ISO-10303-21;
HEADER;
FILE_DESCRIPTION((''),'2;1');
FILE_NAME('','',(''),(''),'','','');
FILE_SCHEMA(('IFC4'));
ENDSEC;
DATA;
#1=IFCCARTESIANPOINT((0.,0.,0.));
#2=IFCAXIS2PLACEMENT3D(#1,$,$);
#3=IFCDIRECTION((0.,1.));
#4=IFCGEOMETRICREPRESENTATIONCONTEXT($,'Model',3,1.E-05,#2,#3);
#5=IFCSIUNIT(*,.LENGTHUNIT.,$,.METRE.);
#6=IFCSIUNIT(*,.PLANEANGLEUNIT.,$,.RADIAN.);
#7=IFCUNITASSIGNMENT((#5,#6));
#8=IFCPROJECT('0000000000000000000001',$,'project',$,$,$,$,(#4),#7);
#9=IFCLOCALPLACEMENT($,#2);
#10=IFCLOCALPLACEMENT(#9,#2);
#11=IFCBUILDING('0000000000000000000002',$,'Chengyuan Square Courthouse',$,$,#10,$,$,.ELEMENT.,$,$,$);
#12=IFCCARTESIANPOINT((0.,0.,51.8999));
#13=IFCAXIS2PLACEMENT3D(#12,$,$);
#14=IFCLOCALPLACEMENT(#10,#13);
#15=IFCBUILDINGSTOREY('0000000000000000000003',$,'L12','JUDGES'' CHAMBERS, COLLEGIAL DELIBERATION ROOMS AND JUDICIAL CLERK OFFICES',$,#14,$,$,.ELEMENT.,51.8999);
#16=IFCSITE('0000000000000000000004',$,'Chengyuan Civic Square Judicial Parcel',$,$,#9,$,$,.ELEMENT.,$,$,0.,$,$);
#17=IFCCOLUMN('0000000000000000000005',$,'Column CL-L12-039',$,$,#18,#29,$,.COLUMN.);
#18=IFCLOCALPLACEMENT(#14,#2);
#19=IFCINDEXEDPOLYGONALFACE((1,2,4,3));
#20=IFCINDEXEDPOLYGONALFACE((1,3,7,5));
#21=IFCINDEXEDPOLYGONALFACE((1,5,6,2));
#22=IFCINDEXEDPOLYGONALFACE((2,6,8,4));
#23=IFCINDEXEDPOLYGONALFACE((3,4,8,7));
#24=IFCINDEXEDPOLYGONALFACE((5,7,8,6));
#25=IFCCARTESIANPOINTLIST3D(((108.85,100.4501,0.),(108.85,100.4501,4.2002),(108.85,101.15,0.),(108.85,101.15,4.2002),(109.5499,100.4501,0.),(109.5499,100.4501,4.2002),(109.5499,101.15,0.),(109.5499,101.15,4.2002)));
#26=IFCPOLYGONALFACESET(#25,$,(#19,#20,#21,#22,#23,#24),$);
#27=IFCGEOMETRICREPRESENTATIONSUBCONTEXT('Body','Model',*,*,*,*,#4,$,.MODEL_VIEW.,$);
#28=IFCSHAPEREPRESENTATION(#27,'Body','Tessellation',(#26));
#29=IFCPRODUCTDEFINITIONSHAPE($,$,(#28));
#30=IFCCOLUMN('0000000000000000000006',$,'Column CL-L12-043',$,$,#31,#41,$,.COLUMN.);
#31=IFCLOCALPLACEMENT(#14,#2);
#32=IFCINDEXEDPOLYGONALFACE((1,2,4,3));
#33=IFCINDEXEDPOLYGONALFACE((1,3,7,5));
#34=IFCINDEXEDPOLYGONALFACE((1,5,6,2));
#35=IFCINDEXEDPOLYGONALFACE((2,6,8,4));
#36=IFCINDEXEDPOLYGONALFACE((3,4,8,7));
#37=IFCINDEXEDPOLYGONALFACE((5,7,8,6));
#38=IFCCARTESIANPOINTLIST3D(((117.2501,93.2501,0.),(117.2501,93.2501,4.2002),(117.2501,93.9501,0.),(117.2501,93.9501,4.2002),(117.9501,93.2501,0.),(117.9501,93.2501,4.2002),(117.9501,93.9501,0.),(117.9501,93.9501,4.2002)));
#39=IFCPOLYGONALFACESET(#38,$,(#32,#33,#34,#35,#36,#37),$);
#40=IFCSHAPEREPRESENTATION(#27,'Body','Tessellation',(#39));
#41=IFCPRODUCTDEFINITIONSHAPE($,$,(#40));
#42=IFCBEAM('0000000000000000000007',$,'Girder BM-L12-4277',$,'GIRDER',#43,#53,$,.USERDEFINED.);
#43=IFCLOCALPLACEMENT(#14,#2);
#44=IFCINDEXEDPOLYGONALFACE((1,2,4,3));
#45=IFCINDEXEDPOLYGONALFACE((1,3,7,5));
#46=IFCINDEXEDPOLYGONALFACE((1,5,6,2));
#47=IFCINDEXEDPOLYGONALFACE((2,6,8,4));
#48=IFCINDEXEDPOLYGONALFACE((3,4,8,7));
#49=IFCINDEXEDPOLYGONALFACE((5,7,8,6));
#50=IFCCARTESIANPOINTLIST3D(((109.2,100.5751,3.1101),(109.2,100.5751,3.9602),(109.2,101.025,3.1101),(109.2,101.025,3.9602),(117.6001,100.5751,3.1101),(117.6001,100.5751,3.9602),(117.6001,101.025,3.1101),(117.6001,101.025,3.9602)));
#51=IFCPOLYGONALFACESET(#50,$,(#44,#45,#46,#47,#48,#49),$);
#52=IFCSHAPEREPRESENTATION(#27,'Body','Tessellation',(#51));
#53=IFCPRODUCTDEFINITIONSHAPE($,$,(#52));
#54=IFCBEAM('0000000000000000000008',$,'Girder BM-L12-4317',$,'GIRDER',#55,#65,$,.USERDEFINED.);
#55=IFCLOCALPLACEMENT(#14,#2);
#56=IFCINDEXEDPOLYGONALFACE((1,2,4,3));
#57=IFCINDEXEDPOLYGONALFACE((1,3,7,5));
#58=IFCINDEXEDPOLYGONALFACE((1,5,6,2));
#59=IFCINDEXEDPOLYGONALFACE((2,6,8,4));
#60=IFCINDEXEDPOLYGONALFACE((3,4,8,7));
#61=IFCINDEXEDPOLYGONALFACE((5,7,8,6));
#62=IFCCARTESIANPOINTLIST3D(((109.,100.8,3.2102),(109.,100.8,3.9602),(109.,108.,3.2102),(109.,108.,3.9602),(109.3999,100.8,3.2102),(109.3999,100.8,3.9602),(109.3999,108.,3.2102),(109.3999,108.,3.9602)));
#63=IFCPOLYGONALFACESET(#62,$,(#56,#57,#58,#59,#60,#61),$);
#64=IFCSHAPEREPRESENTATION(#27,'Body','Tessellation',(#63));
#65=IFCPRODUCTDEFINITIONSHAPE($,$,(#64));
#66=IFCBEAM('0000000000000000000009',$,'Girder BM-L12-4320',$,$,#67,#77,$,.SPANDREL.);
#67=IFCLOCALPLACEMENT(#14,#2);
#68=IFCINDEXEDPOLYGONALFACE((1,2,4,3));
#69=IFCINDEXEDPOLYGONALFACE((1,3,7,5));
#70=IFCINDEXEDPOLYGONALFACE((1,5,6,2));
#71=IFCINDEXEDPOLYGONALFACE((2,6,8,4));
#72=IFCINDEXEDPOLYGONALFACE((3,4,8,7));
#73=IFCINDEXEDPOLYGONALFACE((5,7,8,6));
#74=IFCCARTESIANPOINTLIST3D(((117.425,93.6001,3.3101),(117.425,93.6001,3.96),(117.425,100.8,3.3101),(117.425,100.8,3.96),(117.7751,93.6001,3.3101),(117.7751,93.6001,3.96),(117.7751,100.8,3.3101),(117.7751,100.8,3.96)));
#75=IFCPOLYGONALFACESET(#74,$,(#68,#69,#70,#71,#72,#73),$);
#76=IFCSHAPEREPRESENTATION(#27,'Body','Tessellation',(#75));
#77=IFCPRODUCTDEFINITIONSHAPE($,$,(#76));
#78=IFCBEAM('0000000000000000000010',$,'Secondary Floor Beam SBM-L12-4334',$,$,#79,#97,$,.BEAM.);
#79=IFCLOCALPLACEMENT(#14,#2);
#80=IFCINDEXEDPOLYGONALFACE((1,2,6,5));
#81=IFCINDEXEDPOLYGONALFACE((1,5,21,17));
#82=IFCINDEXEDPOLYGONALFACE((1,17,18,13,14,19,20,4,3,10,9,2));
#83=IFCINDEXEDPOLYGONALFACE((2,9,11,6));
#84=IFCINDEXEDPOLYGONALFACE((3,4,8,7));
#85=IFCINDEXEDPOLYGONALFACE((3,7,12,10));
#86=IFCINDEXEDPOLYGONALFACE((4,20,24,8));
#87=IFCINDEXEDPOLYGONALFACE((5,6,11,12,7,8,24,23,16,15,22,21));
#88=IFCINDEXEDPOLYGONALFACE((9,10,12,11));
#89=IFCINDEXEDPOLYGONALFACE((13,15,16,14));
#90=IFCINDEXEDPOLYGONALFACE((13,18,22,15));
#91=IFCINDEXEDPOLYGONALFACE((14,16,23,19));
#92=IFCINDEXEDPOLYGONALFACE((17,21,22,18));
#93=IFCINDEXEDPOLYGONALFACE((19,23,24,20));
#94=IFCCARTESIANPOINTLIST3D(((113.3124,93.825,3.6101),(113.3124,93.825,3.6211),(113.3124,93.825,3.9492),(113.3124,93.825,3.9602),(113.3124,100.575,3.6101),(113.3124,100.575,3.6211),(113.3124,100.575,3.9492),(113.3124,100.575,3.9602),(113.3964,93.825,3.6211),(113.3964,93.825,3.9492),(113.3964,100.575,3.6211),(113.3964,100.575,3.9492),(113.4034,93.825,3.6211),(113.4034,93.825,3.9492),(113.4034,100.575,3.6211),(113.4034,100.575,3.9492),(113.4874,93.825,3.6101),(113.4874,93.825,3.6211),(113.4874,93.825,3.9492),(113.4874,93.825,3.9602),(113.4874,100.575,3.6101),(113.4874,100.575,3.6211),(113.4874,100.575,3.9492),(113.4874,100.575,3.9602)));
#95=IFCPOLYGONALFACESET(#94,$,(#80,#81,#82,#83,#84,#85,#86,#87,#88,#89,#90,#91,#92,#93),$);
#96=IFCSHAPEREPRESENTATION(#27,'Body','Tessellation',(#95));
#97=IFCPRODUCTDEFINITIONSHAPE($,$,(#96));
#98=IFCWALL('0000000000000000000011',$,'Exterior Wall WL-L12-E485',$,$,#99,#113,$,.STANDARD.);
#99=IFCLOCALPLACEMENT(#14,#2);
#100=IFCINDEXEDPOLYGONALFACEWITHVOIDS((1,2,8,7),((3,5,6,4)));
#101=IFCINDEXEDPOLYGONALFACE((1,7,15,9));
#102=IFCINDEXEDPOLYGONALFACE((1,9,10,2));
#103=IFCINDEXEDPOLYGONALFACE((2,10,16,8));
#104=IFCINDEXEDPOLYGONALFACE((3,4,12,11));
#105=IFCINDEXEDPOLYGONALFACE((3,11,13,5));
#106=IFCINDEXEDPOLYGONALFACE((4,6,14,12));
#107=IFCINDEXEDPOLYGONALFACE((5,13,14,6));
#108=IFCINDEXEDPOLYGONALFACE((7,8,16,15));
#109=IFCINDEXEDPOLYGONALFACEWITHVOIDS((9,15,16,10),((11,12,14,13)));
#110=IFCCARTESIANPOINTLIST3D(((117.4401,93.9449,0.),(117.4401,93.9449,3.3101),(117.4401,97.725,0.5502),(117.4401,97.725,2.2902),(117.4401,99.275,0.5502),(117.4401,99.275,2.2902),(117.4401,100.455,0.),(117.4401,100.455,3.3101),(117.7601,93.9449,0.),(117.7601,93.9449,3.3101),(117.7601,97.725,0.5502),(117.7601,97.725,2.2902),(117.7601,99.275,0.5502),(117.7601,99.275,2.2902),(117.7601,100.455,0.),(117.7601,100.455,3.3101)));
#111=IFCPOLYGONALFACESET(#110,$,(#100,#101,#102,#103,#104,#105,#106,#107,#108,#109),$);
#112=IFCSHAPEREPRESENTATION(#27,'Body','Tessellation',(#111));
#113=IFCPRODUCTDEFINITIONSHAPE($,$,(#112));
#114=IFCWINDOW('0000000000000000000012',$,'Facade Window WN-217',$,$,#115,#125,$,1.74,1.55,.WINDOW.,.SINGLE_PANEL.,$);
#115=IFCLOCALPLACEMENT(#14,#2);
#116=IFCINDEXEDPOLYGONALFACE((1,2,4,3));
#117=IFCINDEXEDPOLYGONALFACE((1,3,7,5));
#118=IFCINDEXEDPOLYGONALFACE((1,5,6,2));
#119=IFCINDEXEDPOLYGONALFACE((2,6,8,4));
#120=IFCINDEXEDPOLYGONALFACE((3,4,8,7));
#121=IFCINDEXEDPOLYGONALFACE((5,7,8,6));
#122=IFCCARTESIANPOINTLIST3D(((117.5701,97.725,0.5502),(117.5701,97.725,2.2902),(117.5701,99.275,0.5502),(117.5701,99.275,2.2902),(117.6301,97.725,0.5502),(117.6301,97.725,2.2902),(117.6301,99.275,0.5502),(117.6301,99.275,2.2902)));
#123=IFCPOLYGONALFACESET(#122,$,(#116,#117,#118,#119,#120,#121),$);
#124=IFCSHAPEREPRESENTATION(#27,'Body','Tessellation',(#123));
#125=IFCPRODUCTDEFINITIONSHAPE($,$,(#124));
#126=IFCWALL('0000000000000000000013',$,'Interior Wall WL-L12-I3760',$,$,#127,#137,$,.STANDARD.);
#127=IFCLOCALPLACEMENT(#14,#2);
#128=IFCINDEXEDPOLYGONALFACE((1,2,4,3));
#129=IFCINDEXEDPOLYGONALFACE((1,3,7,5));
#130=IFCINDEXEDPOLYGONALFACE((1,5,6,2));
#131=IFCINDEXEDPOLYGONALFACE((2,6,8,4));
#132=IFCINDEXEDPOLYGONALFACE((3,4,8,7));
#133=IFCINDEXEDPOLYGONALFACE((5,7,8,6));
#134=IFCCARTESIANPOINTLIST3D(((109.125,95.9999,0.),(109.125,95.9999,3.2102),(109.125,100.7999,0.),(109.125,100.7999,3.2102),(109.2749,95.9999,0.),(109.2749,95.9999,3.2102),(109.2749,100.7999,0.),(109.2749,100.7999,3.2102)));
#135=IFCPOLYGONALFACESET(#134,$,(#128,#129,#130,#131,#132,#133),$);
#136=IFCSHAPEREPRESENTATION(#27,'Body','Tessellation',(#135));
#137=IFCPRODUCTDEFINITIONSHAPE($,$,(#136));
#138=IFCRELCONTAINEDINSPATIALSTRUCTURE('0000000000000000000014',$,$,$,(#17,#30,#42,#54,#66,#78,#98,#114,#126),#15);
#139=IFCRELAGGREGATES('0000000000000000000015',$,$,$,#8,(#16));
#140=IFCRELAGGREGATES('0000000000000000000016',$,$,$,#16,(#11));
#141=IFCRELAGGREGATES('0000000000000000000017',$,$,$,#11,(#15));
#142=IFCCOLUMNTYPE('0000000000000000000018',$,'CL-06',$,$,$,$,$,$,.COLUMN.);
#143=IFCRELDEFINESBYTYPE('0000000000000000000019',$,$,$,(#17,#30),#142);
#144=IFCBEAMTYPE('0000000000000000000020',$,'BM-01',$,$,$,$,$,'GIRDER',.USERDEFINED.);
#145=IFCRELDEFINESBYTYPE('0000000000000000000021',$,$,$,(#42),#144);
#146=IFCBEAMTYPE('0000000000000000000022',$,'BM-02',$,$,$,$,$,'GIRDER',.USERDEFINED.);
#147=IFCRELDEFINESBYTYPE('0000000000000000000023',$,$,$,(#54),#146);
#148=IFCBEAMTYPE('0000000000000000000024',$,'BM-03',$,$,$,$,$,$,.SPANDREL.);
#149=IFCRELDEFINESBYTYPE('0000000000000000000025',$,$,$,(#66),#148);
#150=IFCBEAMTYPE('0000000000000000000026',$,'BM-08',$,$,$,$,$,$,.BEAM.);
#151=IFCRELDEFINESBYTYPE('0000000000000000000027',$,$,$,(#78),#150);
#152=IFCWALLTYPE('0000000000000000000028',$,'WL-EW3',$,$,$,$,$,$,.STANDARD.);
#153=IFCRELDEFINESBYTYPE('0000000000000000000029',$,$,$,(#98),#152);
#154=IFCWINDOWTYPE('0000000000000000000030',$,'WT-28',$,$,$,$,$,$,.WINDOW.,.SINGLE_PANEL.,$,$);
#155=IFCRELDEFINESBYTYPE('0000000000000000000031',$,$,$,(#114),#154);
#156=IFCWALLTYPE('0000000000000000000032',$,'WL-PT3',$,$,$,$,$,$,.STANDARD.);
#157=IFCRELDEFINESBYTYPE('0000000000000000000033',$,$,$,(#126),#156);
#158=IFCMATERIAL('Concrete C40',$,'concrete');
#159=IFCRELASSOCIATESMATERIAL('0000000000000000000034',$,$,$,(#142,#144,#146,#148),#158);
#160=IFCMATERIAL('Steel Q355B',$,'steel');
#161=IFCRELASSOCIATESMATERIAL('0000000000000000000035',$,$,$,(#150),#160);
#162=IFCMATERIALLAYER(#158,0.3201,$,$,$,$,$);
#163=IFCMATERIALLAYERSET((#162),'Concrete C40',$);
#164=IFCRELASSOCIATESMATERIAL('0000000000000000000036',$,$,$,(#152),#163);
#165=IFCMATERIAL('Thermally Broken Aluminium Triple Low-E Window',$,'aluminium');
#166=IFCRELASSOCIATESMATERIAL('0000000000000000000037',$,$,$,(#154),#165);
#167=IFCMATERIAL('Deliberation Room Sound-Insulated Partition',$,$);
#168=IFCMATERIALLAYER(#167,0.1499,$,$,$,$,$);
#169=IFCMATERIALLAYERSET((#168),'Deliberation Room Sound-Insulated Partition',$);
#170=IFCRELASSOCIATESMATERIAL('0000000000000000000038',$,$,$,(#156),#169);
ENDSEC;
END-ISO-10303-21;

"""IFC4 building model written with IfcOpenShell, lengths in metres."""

from ifc_helpers import new_model, si_unit, direction, frame, frame_2d, origin, origin_2d, place, context, subcontext, project, spatial, rectangle, i_section, extrude, material, layer, layer_set, material_profile, profile_set, type_object, element, fill, save


model = new_model("IFC4")

# Units and contexts
model_context = context("Model", 3, precision=1e-05, world=origin(), true_north=direction((0.0, 1.0)))
body_context = subcontext(model_context, "Body", "Model", "MODEL_VIEW")
ifc_project = project(units=[si_unit("LENGTHUNIT", "METRE"), si_unit("PLANEANGLEUNIT", "RADIAN")], contexts=[model_context])

# Site, building, storey
site_placement = place(None, origin())
site = spatial("IfcSite", under=ifc_project, at=site_placement, Name="Chengyuan Civic Square Judicial Parcel", CompositionType="ELEMENT", RefElevation=0.0)
building_placement = place(site_placement, origin())
building = spatial("IfcBuilding", under=site, at=building_placement, Name="Chengyuan Square Courthouse", CompositionType="ELEMENT")
storey_placement = place(building_placement, frame((0.0, 0.0, 51.8999)))
storey = spatial("IfcBuildingStorey", under=building, at=storey_placement, Name="L12", Description="JUDGES' CHAMBERS, COLLEGIAL DELIBERATION ROOMS AND JUDICIAL CLERK OFFICES", CompositionType="ELEMENT", Elevation=51.8999)

# Columns
ifc_material_1 = material(Name="Concrete C40", Category="concrete")
ifc_material_profile_1 = material_profile(ifc_material_1, rectangle(XDim=0.7, YDim=0.7, at=origin_2d()), Name="RC-COL-700x700")
ifc_profile_set_1 = profile_set([ifc_material_profile_1], Name="Concrete C40")
column_type = type_object("IfcColumnType", Name="CL-06", PredefinedType="COLUMN", material=ifc_profile_set_1)
for number, where, z_axis, x_axis, name in (
    (1, (109.2, 100.8, 0.0), (0.0, 0.0, 1.0), (1.0, 0.0, 0.0), "Column CL-L12-039"),
    (2, (117.6001, 93.6001, 0.0), (0.0, 0.0, 1.0), (1.0, 0.0, 0.0), "Column CL-L12-043"),
):
    element("IfcColumn", number, at=place(storey_placement, frame(where, z_axis=z_axis, x_axis=x_axis)), inside=storey, type_object=column_type, Name=name, PredefinedType="COLUMN", context=body_context, shape_type="SweptSolid", body=[
        extrude(rectangle(XDim=0.7, YDim=0.7, at=origin_2d()), origin(), (0.0, 0.0, 1.0), 4.2002),
    ])

# Beams
ifc_material_profile_2 = material_profile(ifc_material_1, rectangle(XDim=0.45, YDim=0.8501, at=origin_2d()), Name="RC-BM-450x850")
ifc_profile_set_2 = profile_set([ifc_material_profile_2], Name="Concrete C40")
beam_type_1 = type_object("IfcBeamType", Name="BM-01", ElementType="GIRDER", PredefinedType="USERDEFINED", material=ifc_profile_set_2)
beam_1_placement = place(storey_placement, frame((109.2, 100.8, 3.5352), z_axis=(1.0, 0.0, 0.0), x_axis=(0.0, 1.0, 0.0)))
element("IfcBeam", 3, at=beam_1_placement, inside=storey, type_object=beam_type_1, Name="Girder BM-L12-4277", ObjectType="GIRDER", PredefinedType="USERDEFINED", context=body_context, shape_type="SweptSolid", body=[
    extrude(rectangle(XDim=0.45, YDim=0.8501, at=origin_2d()), origin(), (0.0, 0.0, 1.0), 8.4001),
])
ifc_material_profile_3 = material_profile(ifc_material_1, rectangle(XDim=0.3999, YDim=0.75, at=origin_2d()), Name="RC-BM-400x750")
ifc_profile_set_3 = profile_set([ifc_material_profile_3], Name="Concrete C40")
beam_type_2 = type_object("IfcBeamType", Name="BM-02", ElementType="GIRDER", PredefinedType="USERDEFINED", material=ifc_profile_set_3)
beam_2_placement = place(storey_placement, frame((109.2, 100.8, 3.5852), z_axis=(0.0, 1.0, 0.0), x_axis=(-1.0, 0.0, 0.0)))
element("IfcBeam", 4, at=beam_2_placement, inside=storey, type_object=beam_type_2, Name="Girder BM-L12-4317", ObjectType="GIRDER", PredefinedType="USERDEFINED", context=body_context, shape_type="SweptSolid", body=[
    extrude(rectangle(XDim=0.3999, YDim=0.75, at=origin_2d()), origin(), (0.0, 0.0, 1.0), 7.2),
])
ifc_material_profile_4 = material_profile(ifc_material_1, rectangle(XDim=0.3501, YDim=0.6499, at=origin_2d()), Name="RC-BM-350x650")
ifc_profile_set_4 = profile_set([ifc_material_profile_4], Name="Concrete C40")
beam_type_3 = type_object("IfcBeamType", Name="BM-03", PredefinedType="SPANDREL", material=ifc_profile_set_4)
beam_3_placement = place(storey_placement, frame((117.6001, 93.6001, 3.635), z_axis=(0.0, 1.0, 0.0), x_axis=(-1.0, 0.0, 0.0)))
element("IfcBeam", 5, at=beam_3_placement, inside=storey, type_object=beam_type_3, Name="Girder BM-L12-4320", PredefinedType="SPANDREL", context=body_context, shape_type="SweptSolid", body=[
    extrude(rectangle(XDim=0.3501, YDim=0.6499, at=origin_2d()), origin(), (0.0, 0.0, 1.0), 7.2),
])
ifc_material_2 = material(Name="Steel Q355B", Category="steel")
ifc_material_profile_5 = material_profile(ifc_material_2, i_section(OverallWidth=0.175, OverallDepth=0.3501, WebThickness=0.0071, FlangeThickness=0.011, at=origin_2d()), Name="HN 350x175x7x11")
ifc_profile_set_5 = profile_set([ifc_material_profile_5], Name="Steel Q355B")
beam_type_4 = type_object("IfcBeamType", Name="BM-08", PredefinedType="BEAM", material=ifc_profile_set_5)
beam_4_placement = place(storey_placement, frame((113.3999, 93.825, 3.7852), z_axis=(0.0, 1.0, 0.0), x_axis=(-1.0, 0.0, 0.0)))
element("IfcBeam", 6, at=beam_4_placement, inside=storey, type_object=beam_type_4, Name="Secondary Floor Beam SBM-L12-4334", PredefinedType="BEAM", context=body_context, shape_type="SweptSolid", body=[
    extrude(i_section(OverallWidth=0.175, OverallDepth=0.3501, WebThickness=0.0071, FlangeThickness=0.011, at=origin_2d()), origin(), (0.0, 0.0, 1.0), 6.75),
])

# Wall, opening, window
ifc_layer_1 = layer(ifc_material_1, 0.3201)
ifc_layer_set_1 = layer_set([ifc_layer_1], Name="Concrete C40")
wall_type_1 = type_object("IfcWallType", Name="WL-EW3", PredefinedType="STANDARD", material=ifc_layer_set_1)
wall_1_placement = place(storey_placement, frame((117.6001, 93.9451, 0.0), z_axis=(0.0, 0.0, 1.0), x_axis=(0.0, 1.0, 0.0)))
wall_1 = element("IfcWall", 7, at=wall_1_placement, inside=storey, type_object=wall_type_1, Name="Exterior Wall WL-L12-E485", PredefinedType="STANDARD", context=body_context, shape_type="SweptSolid", body=[
    extrude(rectangle(XDim=6.51, YDim=0.3201, at=frame_2d((3.2549, 0.0))), origin(), (0.0, 0.0, 1.0), 3.3101),
])
opening_1_placement = place(wall_1_placement, frame((3.78, 0.0, 0.55)))
opening_1 = element("IfcOpeningElement", 8, at=opening_1_placement, cuts=wall_1, PredefinedType="OPENING", context=body_context, shape_type="SweptSolid", body=[
    extrude(rectangle(XDim=1.55, YDim=1.74, at=frame_2d((0.7749, 0.8701))), frame((0.0, 0.1721, 0.0), z_axis=(0.0, -1.0, 0.0), x_axis=(1.0, 0.0, 0.0)), (0.0, 0.0, 1.0), 0.344),
])
ifc_material_3 = material(Name="Thermally Broken Aluminium Triple Low-E Window", Category="aluminium")
window_type = type_object("IfcWindowType", Name="WT-28", PartitioningType="SINGLE_PANEL", PredefinedType="WINDOW", material=ifc_material_3)
window_placement = place(opening_1_placement, origin())
window = element("IfcWindow", 9, at=window_placement, inside=storey, type_object=window_type, Name="Facade Window WN-217", OverallHeight=1.74, OverallWidth=1.55, PartitioningType="SINGLE_PANEL", PredefinedType="WINDOW", context=body_context, shape_type="SweptSolid", body=[
    extrude(rectangle(XDim=1.55, YDim=1.74, at=frame_2d((0.7749, 0.8701))), frame((0.0, 0.03, 0.0), z_axis=(0.0, -1.0, 0.0), x_axis=(1.0, 0.0, 0.0)), (0.0, 0.0, 1.0), 0.0601),
])
fill(opening_1, window)

# Shared definitions
ifc_material_4 = material(Name="Deliberation Room Sound-Insulated Partition")
ifc_layer_2 = layer(ifc_material_4, 0.1499)
ifc_layer_set_2 = layer_set([ifc_layer_2], Name="Deliberation Room Sound-Insulated Partition")
wall_type_2 = type_object("IfcWallType", Name="WL-PT3", PredefinedType="STANDARD", material=ifc_layer_set_2)

# Wall
wall_2_placement = place(storey_placement, frame((109.2, 96.0, 0.0), z_axis=(0.0, 0.0, 1.0), x_axis=(0.0, 1.0, 0.0)))
element("IfcWall", 10, at=wall_2_placement, inside=storey, type_object=wall_type_2, Name="Interior Wall WL-L12-I3760", PredefinedType="STANDARD", context=body_context, shape_type="SweptSolid", body=[
    extrude(rectangle(XDim=4.8, YDim=0.1499, at=frame_2d((2.3999, 0.0))), origin(), (0.0, 0.0, 1.0), 3.2102),
])

save(model, "model.ifc")
